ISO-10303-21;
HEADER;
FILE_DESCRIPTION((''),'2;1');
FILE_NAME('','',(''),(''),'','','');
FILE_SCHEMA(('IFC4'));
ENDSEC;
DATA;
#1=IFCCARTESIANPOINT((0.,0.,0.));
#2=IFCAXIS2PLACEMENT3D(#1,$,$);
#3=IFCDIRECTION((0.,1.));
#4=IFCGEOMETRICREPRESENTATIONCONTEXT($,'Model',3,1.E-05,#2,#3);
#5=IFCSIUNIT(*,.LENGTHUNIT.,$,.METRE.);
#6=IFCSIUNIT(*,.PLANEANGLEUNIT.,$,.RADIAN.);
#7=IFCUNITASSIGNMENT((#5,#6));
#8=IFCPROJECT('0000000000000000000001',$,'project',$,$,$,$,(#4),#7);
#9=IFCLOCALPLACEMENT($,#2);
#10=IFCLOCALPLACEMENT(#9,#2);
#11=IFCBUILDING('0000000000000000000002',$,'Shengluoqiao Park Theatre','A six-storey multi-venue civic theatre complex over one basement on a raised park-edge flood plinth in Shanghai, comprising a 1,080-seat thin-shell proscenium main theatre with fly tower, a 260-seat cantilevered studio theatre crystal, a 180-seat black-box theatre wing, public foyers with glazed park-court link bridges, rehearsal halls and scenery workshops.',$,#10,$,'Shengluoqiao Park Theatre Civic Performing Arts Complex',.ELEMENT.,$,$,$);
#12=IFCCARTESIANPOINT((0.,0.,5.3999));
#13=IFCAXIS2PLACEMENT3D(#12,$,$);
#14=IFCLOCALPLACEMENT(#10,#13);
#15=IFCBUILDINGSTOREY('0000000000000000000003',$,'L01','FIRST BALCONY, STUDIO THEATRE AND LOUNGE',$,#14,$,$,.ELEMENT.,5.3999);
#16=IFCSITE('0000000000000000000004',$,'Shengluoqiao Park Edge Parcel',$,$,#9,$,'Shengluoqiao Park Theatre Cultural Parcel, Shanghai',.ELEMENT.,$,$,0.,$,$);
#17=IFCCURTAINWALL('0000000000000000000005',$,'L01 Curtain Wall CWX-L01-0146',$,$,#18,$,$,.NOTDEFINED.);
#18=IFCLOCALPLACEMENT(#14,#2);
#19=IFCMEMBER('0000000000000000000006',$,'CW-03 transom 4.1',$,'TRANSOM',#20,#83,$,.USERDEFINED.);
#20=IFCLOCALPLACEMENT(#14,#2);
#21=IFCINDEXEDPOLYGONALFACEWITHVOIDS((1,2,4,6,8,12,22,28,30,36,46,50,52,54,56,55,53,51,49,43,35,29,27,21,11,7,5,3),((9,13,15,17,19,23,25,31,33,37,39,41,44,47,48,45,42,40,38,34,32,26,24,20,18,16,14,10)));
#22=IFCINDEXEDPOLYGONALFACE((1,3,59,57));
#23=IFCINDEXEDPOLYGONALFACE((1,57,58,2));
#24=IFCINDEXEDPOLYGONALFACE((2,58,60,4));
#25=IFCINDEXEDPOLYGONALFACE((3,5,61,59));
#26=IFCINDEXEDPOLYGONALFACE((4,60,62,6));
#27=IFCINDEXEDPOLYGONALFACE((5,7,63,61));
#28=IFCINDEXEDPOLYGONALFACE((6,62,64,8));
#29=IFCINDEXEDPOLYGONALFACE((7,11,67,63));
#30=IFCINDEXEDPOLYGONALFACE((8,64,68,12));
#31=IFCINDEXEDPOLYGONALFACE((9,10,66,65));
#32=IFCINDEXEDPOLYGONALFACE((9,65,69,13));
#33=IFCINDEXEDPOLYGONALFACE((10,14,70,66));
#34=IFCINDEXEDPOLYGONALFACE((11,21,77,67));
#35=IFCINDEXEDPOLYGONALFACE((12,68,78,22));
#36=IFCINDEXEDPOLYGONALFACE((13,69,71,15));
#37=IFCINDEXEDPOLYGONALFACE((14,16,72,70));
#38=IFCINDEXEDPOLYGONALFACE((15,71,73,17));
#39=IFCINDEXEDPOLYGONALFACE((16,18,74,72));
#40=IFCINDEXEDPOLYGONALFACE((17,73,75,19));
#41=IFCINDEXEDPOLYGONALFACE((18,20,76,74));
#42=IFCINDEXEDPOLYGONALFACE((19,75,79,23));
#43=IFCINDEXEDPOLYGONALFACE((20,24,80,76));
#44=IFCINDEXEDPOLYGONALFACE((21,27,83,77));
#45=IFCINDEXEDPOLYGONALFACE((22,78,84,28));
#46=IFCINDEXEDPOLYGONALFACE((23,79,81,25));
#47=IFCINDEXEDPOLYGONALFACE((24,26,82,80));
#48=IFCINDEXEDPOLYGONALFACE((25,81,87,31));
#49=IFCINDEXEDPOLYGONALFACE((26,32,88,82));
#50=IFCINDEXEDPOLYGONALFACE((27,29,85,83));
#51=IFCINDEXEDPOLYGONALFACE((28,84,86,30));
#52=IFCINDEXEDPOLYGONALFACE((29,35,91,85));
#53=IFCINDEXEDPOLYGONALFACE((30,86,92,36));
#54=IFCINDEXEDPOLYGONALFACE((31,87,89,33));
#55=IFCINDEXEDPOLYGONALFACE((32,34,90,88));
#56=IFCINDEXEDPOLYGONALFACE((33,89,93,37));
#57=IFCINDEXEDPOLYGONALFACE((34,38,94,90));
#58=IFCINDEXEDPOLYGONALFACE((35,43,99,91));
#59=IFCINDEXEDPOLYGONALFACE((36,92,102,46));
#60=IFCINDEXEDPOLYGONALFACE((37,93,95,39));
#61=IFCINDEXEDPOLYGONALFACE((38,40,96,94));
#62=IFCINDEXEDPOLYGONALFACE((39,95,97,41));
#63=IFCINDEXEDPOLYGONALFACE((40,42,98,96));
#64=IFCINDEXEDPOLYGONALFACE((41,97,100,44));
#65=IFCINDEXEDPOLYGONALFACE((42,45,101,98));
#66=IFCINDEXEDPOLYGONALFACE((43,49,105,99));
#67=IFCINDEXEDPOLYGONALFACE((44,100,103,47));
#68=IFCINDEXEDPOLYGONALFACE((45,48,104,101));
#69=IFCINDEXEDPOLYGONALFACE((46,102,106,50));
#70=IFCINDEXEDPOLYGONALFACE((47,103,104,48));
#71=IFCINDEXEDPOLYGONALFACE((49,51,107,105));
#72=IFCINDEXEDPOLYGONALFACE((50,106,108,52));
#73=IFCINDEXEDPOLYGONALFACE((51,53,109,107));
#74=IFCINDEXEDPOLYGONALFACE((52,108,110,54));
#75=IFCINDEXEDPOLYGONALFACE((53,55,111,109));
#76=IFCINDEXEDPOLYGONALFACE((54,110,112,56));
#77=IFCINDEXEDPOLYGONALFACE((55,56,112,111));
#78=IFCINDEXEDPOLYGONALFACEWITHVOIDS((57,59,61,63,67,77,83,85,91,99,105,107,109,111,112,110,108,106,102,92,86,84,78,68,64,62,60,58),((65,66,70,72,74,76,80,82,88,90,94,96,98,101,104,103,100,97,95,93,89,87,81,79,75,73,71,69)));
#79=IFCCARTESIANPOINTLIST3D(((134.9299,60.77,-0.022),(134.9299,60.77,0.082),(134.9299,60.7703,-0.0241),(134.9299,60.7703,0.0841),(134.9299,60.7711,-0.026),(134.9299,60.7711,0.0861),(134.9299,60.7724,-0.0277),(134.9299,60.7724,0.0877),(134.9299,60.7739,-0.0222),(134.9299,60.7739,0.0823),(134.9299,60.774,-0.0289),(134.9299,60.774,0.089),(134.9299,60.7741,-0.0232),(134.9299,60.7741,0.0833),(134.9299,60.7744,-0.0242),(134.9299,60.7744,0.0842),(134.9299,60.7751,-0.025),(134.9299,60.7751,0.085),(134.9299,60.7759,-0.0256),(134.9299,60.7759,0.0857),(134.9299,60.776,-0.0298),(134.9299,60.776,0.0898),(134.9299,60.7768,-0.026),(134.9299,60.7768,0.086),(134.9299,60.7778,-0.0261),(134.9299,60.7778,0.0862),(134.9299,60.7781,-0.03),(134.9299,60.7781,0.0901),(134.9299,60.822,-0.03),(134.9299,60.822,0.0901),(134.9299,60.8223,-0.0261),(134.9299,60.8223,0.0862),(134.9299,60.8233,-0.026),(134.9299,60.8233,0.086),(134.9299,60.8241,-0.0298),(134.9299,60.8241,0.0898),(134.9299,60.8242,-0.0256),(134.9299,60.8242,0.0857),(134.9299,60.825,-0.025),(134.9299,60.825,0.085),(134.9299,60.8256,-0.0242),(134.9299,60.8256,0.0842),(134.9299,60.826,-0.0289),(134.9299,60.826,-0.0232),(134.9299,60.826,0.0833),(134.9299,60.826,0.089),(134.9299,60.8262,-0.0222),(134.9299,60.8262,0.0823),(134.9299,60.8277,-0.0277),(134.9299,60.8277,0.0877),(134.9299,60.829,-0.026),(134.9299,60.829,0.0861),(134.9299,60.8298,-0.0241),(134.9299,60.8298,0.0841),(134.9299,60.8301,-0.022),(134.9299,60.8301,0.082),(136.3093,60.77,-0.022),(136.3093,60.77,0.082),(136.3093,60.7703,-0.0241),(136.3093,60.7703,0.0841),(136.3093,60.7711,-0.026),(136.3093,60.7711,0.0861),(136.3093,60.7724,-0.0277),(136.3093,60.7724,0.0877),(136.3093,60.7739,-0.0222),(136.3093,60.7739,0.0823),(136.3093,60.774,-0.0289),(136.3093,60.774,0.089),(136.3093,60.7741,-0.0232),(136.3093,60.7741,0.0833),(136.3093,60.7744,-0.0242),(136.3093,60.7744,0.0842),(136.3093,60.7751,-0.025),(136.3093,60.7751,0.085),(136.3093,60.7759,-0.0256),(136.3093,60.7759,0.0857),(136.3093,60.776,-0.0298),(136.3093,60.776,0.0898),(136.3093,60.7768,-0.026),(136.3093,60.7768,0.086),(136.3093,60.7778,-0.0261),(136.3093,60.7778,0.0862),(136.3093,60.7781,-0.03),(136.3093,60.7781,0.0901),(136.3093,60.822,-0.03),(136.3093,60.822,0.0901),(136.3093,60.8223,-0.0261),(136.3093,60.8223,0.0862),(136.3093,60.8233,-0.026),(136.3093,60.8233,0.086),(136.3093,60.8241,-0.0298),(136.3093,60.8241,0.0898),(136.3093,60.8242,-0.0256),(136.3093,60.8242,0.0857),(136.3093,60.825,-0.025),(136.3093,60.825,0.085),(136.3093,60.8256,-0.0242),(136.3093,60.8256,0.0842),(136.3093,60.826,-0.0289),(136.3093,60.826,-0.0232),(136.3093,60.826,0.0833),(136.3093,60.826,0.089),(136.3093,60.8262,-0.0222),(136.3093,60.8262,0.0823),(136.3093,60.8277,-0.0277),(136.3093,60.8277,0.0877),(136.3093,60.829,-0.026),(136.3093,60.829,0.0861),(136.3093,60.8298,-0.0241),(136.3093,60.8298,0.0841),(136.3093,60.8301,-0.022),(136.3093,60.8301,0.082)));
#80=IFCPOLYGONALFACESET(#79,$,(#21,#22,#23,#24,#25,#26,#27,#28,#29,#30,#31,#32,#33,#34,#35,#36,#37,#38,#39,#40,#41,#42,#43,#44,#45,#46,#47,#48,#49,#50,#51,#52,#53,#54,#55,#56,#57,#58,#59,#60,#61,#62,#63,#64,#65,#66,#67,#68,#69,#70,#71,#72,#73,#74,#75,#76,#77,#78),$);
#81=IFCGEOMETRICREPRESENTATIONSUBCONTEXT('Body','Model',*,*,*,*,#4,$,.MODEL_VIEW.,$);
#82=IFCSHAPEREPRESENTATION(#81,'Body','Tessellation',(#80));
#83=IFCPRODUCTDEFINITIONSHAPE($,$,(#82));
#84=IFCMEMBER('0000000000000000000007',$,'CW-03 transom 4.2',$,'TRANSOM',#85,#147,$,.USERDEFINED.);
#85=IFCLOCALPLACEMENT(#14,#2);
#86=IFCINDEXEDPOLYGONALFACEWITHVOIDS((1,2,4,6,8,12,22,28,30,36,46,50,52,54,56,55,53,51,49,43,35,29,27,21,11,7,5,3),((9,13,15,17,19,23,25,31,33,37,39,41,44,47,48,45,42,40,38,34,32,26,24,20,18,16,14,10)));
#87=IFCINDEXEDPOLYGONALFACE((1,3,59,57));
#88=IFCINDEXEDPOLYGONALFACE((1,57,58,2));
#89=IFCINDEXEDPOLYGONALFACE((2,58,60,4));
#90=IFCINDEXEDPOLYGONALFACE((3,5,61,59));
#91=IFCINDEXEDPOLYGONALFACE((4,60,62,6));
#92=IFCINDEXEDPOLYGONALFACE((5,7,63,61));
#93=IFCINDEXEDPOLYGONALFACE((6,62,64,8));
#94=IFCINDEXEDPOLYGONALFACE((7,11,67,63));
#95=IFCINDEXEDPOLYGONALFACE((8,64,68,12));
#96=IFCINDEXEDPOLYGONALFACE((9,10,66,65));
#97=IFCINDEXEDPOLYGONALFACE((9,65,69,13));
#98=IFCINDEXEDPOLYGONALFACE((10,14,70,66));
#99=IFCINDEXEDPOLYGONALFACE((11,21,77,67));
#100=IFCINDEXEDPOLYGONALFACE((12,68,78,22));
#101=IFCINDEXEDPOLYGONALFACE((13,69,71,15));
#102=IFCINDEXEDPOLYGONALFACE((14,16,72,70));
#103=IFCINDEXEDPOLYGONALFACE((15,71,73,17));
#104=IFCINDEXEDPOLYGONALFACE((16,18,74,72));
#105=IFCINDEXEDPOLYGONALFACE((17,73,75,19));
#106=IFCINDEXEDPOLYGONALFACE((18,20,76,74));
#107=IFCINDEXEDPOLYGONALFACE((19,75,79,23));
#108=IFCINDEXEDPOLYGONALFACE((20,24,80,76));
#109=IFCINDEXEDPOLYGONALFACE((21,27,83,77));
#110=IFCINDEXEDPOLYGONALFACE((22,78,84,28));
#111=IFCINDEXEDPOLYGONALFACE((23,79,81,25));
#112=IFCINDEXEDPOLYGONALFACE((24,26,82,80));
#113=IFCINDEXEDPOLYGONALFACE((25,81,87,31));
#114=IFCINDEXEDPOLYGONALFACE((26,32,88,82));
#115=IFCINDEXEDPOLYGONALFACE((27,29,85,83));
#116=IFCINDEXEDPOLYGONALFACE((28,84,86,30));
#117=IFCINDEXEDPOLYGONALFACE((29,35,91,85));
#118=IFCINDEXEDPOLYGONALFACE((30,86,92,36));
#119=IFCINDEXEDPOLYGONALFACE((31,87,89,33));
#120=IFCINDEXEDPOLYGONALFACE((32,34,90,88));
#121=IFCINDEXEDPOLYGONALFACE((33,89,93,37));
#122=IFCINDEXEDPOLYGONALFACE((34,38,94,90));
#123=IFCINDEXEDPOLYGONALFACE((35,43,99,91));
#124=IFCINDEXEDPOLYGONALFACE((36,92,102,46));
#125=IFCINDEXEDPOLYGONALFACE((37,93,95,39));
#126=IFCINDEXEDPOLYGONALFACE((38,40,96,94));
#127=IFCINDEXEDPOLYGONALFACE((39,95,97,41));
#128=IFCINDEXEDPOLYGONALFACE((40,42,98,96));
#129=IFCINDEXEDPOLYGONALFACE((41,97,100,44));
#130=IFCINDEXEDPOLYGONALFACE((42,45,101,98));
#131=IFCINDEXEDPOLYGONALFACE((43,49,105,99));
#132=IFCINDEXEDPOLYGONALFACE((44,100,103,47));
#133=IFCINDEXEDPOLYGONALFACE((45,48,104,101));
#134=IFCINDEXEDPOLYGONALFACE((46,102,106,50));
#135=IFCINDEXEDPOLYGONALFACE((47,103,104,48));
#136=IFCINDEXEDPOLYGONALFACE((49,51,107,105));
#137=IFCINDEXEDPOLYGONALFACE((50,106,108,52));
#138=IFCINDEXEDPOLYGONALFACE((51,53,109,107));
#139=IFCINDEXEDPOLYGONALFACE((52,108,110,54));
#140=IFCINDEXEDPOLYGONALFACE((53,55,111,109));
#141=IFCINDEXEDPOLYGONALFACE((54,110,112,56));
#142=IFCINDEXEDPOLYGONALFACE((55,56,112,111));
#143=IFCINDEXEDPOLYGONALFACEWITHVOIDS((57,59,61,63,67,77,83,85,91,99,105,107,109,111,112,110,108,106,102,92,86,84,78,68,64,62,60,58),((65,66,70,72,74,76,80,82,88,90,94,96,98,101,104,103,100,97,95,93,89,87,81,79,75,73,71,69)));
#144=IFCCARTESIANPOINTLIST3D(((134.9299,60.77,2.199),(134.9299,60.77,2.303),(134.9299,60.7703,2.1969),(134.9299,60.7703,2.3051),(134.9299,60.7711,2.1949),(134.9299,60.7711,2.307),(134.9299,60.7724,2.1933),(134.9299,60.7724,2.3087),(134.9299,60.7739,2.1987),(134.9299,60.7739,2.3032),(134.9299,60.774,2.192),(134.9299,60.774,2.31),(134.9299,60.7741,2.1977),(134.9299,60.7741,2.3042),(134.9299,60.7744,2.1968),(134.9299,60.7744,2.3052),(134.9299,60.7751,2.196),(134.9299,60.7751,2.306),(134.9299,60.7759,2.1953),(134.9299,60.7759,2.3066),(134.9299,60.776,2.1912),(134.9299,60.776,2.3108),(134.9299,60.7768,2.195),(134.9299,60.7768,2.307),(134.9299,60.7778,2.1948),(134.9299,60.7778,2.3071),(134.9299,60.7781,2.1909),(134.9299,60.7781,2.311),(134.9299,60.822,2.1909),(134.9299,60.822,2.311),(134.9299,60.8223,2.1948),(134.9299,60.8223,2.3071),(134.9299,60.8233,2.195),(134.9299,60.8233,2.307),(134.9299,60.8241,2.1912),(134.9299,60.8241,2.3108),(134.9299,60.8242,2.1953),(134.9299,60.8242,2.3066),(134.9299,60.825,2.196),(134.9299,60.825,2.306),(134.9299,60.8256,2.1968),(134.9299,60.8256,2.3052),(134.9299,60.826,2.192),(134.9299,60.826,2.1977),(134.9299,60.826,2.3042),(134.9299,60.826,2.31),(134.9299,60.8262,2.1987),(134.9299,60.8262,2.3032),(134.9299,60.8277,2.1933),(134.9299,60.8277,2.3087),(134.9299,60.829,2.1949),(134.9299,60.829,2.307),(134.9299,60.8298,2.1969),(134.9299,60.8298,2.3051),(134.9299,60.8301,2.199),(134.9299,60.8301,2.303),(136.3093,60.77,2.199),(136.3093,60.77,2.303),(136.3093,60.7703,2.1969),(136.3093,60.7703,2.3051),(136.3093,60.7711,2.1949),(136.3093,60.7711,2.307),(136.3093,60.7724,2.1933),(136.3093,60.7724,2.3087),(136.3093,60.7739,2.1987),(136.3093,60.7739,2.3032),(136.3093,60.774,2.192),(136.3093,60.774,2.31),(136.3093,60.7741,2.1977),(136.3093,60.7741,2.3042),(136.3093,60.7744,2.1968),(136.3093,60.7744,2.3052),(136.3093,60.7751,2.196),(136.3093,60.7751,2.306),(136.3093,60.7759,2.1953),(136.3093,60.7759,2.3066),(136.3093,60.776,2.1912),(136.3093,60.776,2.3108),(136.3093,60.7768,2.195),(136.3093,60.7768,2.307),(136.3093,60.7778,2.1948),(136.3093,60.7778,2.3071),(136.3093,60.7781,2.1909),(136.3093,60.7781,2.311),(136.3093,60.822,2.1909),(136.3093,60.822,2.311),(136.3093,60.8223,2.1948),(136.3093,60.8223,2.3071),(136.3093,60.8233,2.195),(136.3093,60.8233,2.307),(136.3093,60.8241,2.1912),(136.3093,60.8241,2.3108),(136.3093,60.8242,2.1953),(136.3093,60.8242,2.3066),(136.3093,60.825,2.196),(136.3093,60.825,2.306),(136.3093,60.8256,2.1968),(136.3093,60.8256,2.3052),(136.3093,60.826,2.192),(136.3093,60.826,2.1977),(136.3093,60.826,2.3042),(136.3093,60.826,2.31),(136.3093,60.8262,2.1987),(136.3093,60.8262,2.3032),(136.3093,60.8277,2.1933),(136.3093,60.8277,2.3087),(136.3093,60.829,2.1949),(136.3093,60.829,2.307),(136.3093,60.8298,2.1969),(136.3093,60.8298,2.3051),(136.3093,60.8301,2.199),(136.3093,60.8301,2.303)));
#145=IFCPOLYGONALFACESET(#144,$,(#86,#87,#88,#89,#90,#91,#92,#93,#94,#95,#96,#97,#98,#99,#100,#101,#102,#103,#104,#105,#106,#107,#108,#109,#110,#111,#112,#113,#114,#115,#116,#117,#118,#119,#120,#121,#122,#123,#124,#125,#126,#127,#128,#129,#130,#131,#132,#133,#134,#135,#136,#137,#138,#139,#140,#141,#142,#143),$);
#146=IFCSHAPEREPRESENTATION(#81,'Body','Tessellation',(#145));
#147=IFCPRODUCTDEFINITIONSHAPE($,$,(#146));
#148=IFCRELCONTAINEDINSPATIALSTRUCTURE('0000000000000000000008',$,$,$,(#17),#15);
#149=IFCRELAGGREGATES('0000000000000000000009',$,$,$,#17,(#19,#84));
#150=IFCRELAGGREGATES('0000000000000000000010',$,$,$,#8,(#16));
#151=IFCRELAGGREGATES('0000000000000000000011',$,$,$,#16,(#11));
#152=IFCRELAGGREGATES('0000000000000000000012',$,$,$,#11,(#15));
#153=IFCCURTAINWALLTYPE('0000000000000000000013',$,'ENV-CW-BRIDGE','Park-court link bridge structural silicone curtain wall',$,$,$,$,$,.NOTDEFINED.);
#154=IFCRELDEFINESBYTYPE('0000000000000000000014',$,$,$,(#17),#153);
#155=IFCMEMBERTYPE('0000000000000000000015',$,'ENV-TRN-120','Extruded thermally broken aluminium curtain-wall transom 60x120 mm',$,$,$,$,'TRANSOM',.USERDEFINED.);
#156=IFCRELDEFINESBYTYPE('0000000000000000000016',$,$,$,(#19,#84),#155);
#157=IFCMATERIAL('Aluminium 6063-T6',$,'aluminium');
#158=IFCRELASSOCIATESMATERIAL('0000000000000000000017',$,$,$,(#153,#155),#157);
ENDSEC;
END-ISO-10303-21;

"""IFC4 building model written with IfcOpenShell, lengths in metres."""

from ifc_helpers import new_model, si_unit, direction, frame, origin, origin_2d, place, context, subcontext, project, spatial, hollow_rectangle, extrude, material, material_profile, profile_set, type_object, element, aggregate, save


model = new_model("IFC4")

# Units and contexts
model_context = context("Model", 3, precision=1e-05, world=origin(), true_north=direction((0.0, 1.0)))
body_context = subcontext(model_context, "Body", "Model", "MODEL_VIEW")
ifc_project = project(units=[si_unit("LENGTHUNIT", "METRE"), si_unit("PLANEANGLEUNIT", "RADIAN")], contexts=[model_context])

# Site, building, storey
site_placement = place(None, origin())
site = spatial("IfcSite", under=ifc_project, at=site_placement, Name="Shengluoqiao Park Edge Parcel", LongName="Shengluoqiao Park Theatre Cultural Parcel, Shanghai", CompositionType="ELEMENT", RefElevation=0.0)
building_placement = place(site_placement, origin())
building = spatial("IfcBuilding", under=site, at=building_placement, Name="Shengluoqiao Park Theatre", Description="A six-storey multi-venue civic theatre complex over one basement on a raised park-edge flood plinth in Shanghai, comprising a 1,080-seat thin-shell proscenium main theatre with fly tower, a 260-seat cantilevered studio theatre crystal, a 180-seat black-box theatre wing, public foyers with glazed park-court link bridges, rehearsal halls and scenery workshops.", LongName="Shengluoqiao Park Theatre Civic Performing Arts Complex", CompositionType="ELEMENT")
storey_placement = place(building_placement, frame((0.0, 0.0, 5.3999)))
storey = spatial("IfcBuildingStorey", under=building, at=storey_placement, Name="L01", Description="FIRST BALCONY, STUDIO THEATRE AND LOUNGE", CompositionType="ELEMENT", Elevation=5.3999)

# Shared definitions
ifc_material_1 = material(Name="Aluminium 6063-T6", Category="aluminium")
curtain_wall_type = type_object("IfcCurtainWallType", Name="ENV-CW-BRIDGE", Description="Park-court link bridge structural silicone curtain wall", PredefinedType="NOTDEFINED", material=ifc_material_1)

# Curtain wall
curtain_wall_1_placement = place(storey_placement, origin())
curtain_wall_1 = element("IfcCurtainWall", 1, at=curtain_wall_1_placement, inside=storey, type_object=curtain_wall_type, Name="L01 Curtain Wall CWX-L01-0146", PredefinedType="NOTDEFINED")

# Members
ifc_material_profile_1 = material_profile(ifc_material_1, hollow_rectangle(XDim=0.0601, YDim=0.1201, WallThickness=0.0039, InnerFilletRadius=0.0039, OuterFilletRadius=0.0081, at=origin_2d()), Name="ALU TRANSOM 120x60x4")
ifc_profile_set_1 = profile_set([ifc_material_profile_1], Name="Aluminium 6063-T6")
member_type_1 = type_object("IfcMemberType", Name="ENV-TRN-120", Description="Extruded thermally broken aluminium curtain-wall transom 60x120 mm", ElementType="TRANSOM", PredefinedType="USERDEFINED", material=ifc_profile_set_1)
member_1_placement = place(storey_placement, frame((134.9299, 60.8, 0.03), z_axis=(1.0, 0.0, 0.0), x_axis=(0.0, 1.0, 0.0)))
member_1 = element("IfcMember", 2, at=member_1_placement, type_object=member_type_1, Name="CW-03 transom 4.1", ObjectType="TRANSOM", PredefinedType="USERDEFINED", context=body_context, shape_type="SweptSolid", body=[
    extrude(hollow_rectangle(XDim=0.0601, YDim=0.1201, WallThickness=0.0039, InnerFilletRadius=0.0039, OuterFilletRadius=0.0081, at=origin_2d()), origin(), (0.0, 0.0, 1.0), 1.3794),
])
member_2_placement = place(storey_placement, frame((134.9299, 60.8, 2.251), z_axis=(1.0, 0.0, 0.0), x_axis=(0.0, 1.0, 0.0)))
member_2 = element("IfcMember", 3, at=member_2_placement, type_object=member_type_1, Name="CW-03 transom 4.2", ObjectType="TRANSOM", PredefinedType="USERDEFINED", context=body_context, shape_type="SweptSolid", body=[
    extrude(hollow_rectangle(XDim=0.0601, YDim=0.1201, WallThickness=0.0039, InnerFilletRadius=0.0039, OuterFilletRadius=0.0081, at=origin_2d()), origin(), (0.0, 0.0, 1.0), 1.3794),
])

aggregate(curtain_wall_1, [member_1, member_2])

save(model, "model.ifc")
